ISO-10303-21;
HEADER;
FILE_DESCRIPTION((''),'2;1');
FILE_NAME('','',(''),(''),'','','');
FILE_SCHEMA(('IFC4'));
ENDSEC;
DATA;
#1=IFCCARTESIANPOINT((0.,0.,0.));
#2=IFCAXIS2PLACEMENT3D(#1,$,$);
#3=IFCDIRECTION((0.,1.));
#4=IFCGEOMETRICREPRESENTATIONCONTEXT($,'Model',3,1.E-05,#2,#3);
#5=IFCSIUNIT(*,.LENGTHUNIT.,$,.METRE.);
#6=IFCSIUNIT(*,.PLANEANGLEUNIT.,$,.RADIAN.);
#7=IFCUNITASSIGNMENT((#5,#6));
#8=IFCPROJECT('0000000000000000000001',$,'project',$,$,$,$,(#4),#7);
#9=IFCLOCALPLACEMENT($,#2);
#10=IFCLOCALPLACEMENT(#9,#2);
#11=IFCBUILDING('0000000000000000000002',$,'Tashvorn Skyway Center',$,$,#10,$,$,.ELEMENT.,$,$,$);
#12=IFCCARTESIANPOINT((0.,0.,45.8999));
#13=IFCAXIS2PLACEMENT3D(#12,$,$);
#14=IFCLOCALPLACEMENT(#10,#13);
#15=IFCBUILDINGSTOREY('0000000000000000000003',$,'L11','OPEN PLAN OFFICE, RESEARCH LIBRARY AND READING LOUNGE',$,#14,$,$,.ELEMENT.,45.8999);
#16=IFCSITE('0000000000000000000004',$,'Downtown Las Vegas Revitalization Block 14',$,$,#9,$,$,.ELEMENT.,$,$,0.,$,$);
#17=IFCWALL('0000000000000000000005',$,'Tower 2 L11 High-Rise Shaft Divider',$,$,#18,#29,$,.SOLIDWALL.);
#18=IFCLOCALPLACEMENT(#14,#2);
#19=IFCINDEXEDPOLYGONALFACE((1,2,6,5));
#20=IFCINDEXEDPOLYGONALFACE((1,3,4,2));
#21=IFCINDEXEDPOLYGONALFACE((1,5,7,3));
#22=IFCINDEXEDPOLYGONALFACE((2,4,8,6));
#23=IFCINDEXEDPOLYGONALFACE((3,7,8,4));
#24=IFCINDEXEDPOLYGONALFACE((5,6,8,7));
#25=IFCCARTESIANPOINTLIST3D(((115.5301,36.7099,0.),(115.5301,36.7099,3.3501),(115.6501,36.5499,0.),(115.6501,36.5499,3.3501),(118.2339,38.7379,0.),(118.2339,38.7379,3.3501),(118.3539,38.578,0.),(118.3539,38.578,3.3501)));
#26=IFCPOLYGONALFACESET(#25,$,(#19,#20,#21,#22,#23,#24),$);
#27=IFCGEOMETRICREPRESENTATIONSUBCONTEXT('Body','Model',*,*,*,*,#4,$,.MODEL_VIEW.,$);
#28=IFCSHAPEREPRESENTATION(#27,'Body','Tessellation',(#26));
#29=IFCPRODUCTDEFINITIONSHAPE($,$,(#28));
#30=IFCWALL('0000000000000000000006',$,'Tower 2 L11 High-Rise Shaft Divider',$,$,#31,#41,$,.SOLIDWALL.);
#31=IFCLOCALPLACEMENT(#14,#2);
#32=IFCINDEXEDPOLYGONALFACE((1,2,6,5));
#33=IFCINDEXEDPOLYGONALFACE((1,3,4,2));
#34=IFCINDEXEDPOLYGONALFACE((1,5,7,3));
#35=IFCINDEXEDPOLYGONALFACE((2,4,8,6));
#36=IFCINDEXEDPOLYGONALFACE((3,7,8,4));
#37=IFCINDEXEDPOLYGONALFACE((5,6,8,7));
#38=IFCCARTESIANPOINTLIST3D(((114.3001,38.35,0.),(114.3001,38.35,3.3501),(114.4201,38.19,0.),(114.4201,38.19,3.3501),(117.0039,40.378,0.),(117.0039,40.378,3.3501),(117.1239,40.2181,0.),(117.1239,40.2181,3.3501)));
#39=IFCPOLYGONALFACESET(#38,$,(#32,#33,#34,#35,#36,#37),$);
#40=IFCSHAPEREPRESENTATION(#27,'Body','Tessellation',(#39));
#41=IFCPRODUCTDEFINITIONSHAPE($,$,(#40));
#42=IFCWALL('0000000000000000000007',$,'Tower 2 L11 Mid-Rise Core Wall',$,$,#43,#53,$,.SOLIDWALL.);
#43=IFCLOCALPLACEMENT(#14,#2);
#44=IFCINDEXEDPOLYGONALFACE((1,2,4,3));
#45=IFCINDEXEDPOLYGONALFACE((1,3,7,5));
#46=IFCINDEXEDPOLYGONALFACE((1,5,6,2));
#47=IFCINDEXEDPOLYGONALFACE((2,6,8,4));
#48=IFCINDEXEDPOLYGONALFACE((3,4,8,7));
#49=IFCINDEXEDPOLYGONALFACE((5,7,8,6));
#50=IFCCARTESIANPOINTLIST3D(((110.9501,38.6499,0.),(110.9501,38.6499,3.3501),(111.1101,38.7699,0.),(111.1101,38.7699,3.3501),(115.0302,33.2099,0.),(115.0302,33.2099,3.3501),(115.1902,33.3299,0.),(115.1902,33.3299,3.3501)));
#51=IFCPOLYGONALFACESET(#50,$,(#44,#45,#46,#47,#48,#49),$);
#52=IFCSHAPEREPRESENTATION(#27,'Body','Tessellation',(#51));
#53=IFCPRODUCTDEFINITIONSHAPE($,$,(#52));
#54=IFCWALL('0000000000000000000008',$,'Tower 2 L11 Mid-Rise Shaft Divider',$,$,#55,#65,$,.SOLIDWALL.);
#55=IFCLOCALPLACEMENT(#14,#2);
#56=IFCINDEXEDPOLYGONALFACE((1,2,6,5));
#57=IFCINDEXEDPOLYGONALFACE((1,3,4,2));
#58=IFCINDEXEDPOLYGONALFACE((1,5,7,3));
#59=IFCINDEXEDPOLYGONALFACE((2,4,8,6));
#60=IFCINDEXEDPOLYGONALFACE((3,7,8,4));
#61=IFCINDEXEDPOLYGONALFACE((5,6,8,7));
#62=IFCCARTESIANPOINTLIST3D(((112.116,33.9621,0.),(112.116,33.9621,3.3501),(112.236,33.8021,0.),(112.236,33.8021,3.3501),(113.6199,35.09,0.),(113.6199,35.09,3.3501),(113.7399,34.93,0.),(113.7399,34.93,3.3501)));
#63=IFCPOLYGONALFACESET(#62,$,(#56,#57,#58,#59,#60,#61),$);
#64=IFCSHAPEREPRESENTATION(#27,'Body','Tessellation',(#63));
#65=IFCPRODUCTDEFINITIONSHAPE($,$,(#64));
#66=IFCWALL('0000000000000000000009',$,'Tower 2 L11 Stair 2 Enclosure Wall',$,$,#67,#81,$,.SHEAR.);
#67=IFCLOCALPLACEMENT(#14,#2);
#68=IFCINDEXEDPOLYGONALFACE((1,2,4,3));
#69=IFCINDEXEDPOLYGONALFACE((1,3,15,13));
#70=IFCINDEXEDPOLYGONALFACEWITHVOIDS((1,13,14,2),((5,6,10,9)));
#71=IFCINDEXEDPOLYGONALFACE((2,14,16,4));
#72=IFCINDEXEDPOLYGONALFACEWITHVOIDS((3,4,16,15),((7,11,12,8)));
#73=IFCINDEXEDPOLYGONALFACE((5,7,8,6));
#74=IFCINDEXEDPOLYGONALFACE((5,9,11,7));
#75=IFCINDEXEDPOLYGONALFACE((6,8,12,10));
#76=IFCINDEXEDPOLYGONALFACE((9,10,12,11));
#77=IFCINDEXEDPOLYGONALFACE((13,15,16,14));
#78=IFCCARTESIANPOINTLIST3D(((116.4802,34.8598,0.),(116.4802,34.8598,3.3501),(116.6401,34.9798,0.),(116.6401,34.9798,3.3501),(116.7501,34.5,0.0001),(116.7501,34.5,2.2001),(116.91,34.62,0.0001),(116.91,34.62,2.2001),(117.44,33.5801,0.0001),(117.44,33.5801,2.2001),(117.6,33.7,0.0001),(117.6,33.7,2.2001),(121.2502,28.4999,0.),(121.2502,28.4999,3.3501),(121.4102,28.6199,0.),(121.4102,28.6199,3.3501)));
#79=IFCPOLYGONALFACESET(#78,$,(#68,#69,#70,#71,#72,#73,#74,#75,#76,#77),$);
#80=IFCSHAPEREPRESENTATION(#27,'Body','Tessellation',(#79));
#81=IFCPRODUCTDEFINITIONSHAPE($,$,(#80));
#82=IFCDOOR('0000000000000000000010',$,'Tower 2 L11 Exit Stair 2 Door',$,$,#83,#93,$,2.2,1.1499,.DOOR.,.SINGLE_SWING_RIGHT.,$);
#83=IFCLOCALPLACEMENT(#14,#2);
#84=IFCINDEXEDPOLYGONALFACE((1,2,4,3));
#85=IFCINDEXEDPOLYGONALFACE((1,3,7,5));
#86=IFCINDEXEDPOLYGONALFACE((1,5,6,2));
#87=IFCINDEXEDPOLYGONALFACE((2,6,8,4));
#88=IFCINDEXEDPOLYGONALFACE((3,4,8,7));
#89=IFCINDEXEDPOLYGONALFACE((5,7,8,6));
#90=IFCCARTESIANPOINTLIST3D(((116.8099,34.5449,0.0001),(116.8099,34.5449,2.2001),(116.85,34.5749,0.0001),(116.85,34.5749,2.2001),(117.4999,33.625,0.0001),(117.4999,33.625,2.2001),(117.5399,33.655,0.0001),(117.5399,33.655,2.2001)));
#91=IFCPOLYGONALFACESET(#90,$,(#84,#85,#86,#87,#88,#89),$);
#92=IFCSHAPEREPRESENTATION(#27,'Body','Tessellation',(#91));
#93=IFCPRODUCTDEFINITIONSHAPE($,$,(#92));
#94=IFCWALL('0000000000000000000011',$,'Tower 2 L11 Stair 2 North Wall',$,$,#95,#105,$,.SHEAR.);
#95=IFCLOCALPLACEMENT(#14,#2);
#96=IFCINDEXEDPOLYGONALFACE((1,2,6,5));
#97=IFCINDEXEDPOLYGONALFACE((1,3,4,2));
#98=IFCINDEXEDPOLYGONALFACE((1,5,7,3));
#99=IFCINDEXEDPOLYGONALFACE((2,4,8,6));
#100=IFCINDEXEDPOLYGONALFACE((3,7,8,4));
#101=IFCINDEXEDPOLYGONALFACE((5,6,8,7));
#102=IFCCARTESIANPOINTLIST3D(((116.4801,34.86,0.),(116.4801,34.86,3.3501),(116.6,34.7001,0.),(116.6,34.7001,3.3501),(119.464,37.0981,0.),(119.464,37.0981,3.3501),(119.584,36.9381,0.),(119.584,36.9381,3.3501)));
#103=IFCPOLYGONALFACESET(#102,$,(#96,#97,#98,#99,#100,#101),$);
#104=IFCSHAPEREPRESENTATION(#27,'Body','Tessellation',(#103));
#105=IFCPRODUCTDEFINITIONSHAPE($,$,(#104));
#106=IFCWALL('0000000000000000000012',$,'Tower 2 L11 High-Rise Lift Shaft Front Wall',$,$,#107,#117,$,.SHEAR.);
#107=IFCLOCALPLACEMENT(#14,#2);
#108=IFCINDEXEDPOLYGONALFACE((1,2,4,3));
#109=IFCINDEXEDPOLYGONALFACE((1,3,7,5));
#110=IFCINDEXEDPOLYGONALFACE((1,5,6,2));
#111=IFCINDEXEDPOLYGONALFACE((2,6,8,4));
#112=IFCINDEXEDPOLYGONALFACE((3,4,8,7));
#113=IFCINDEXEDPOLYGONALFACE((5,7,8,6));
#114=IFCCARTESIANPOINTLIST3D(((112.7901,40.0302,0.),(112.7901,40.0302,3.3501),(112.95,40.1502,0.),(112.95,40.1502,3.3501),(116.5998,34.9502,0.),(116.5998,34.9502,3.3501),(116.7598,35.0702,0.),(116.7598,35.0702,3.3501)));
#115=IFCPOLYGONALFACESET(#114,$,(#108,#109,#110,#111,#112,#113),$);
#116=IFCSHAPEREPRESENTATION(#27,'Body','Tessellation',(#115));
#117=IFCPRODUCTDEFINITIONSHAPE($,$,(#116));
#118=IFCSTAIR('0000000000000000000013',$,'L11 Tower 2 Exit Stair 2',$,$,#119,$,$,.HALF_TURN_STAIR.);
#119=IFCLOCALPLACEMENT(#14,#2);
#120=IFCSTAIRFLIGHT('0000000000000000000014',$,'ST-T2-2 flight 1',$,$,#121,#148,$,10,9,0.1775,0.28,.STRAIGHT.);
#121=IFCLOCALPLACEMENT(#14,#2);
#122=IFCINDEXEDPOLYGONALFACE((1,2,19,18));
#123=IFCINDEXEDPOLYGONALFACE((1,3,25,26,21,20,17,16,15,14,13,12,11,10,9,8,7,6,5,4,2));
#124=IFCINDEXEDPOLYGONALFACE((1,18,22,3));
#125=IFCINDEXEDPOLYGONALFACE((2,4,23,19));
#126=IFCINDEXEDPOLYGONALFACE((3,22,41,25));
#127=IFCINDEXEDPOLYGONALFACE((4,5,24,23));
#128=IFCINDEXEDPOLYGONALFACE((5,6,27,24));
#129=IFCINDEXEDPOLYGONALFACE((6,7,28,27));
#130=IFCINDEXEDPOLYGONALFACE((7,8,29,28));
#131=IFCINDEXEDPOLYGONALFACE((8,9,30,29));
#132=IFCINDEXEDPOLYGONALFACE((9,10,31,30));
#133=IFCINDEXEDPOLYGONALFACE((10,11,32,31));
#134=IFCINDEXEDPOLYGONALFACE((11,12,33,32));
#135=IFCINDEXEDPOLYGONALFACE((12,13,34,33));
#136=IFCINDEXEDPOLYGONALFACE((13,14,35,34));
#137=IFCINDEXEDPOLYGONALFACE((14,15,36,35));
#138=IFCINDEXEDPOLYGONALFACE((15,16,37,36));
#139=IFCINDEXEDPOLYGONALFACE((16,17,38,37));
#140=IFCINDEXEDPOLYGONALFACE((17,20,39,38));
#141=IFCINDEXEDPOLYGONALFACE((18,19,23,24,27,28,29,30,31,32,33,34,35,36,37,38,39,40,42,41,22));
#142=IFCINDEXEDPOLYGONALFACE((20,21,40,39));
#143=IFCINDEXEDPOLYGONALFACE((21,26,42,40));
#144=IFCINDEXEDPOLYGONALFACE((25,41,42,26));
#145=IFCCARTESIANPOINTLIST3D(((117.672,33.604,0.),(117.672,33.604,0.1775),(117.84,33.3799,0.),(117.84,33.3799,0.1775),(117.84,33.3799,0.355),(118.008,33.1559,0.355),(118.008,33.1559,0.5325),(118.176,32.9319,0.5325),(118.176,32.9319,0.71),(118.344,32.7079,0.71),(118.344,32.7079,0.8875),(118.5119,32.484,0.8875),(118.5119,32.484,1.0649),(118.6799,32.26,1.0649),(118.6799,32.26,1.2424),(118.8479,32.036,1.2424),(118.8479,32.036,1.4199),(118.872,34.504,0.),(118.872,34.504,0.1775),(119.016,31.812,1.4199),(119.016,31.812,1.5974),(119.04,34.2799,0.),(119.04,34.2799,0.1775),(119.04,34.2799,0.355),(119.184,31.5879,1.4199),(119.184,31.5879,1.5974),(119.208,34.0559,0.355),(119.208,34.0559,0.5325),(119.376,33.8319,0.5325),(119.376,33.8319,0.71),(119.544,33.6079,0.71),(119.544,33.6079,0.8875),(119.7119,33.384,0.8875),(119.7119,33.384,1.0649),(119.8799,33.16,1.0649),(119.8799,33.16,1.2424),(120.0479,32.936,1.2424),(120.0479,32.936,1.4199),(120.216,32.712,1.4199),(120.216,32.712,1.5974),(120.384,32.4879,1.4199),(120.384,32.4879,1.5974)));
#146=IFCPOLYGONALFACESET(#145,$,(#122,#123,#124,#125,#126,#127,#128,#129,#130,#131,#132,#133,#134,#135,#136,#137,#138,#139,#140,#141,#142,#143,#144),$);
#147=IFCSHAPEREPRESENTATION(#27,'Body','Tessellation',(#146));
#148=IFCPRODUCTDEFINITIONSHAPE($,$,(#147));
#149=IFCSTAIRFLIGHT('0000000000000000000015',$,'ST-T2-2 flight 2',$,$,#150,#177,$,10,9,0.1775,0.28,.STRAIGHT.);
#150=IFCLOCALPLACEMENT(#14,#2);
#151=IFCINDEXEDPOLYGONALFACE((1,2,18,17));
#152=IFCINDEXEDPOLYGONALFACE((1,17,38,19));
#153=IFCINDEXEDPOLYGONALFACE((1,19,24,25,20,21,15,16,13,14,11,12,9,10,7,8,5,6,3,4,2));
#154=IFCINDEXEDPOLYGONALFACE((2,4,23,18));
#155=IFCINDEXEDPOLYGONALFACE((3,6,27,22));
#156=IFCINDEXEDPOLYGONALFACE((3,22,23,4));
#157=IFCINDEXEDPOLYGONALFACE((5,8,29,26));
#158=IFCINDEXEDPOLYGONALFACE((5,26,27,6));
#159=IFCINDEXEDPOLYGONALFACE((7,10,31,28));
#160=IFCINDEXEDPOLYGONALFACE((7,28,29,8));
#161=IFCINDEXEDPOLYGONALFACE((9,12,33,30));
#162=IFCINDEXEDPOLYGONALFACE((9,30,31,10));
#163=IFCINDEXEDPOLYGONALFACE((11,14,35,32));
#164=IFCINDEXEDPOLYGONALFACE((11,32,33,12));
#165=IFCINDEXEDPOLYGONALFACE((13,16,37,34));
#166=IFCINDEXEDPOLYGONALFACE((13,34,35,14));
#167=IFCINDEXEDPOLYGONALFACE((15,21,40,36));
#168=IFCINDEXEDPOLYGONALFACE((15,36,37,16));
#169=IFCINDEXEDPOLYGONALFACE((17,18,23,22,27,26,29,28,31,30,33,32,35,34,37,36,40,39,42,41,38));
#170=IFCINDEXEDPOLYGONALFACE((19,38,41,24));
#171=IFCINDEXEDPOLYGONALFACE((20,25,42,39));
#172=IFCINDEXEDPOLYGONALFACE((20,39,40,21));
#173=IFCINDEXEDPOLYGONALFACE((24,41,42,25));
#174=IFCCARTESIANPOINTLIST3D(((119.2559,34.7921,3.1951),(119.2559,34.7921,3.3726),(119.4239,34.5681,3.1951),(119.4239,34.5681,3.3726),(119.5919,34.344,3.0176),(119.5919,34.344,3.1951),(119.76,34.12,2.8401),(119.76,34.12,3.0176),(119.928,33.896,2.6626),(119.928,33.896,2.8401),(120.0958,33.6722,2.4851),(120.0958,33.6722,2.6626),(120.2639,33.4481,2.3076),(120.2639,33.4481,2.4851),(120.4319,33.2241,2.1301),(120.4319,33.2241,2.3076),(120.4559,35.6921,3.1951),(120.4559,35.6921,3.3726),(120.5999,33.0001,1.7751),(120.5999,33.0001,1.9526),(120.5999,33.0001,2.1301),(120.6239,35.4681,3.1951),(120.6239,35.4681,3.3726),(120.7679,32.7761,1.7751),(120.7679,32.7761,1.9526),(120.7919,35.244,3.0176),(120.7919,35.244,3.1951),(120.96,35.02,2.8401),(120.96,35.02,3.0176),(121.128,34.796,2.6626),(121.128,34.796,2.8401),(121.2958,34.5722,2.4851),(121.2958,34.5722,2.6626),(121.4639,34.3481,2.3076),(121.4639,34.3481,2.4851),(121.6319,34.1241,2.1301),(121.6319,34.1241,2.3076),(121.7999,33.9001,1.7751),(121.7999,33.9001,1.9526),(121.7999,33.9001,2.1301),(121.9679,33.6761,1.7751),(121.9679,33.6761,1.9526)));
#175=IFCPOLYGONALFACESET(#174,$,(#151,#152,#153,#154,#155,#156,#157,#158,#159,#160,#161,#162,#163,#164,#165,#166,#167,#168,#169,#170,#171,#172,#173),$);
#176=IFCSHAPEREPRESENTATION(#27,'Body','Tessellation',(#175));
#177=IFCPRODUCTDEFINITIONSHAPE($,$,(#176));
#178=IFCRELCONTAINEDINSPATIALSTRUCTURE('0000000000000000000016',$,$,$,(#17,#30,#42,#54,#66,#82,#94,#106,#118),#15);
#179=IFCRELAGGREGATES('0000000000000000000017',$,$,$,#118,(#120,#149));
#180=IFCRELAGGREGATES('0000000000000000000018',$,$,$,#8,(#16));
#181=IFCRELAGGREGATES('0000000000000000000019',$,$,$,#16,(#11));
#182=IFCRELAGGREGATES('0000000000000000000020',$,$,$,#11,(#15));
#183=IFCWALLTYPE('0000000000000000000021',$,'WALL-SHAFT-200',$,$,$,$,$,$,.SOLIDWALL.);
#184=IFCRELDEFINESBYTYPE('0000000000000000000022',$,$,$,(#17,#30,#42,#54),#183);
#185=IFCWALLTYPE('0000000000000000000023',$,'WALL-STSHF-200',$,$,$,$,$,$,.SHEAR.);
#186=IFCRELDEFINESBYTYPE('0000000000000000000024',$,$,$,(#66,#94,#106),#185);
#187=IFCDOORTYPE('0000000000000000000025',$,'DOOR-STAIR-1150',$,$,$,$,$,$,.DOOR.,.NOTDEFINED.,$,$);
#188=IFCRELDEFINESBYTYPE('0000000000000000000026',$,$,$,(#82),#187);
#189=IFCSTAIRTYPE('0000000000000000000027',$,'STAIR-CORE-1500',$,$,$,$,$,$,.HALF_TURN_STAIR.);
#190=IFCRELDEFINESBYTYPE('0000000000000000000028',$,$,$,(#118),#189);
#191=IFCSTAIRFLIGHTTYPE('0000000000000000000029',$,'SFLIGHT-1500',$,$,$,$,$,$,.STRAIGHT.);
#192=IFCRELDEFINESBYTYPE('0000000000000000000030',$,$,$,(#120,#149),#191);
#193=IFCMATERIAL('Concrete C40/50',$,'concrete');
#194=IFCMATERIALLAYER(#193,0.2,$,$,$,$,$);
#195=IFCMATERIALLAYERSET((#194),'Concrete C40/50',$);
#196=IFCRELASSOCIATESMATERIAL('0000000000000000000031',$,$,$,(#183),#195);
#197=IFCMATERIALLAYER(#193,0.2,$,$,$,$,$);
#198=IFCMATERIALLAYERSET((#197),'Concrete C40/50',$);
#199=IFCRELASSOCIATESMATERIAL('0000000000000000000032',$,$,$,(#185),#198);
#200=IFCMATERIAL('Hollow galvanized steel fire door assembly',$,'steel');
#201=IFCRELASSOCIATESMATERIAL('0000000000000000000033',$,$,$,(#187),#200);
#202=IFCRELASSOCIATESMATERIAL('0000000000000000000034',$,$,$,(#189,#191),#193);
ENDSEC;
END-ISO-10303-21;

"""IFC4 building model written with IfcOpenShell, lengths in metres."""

from ifc_helpers import new_model, si_unit, direction, frame, frame_2d, origin, place, context, subcontext, project, spatial, polyline, rectangle, outline, extrude, material, layer, layer_set, type_object, element, fill, aggregate, save


model = new_model("IFC4")

# Units and contexts
model_context = context("Model", 3, precision=1e-05, world=origin(), true_north=direction((0.0, 1.0)))
body_context = subcontext(model_context, "Body", "Model", "MODEL_VIEW")
ifc_project = project(units=[si_unit("LENGTHUNIT", "METRE"), si_unit("PLANEANGLEUNIT", "RADIAN")], contexts=[model_context])

# Site, building, storey
site_placement = place(None, origin())
site = spatial("IfcSite", under=ifc_project, at=site_placement, Name="Downtown Las Vegas Revitalization Block 14", CompositionType="ELEMENT", RefElevation=0.0)
building_placement = place(site_placement, origin())
building = spatial("IfcBuilding", under=site, at=building_placement, Name="Tashvorn Skyway Center", CompositionType="ELEMENT")
storey_placement = place(building_placement, frame((0.0, 0.0, 45.8999)))
storey = spatial("IfcBuildingStorey", under=building, at=storey_placement, Name="L11", Description="OPEN PLAN OFFICE, RESEARCH LIBRARY AND READING LOUNGE", CompositionType="ELEMENT", Elevation=45.8999)

# Walls
ifc_material_1 = material(Name="Concrete C40/50", Category="concrete")
ifc_layer_1 = layer(ifc_material_1, 0.2)
ifc_layer_set_1 = layer_set([ifc_layer_1], Name="Concrete C40/50")
wall_type_1 = type_object("IfcWallType", Name="WALL-SHAFT-200", PredefinedType="SOLIDWALL", material=ifc_layer_set_1)
for number, where, z_axis, x_axis, name in (
    (1, (115.5901, 36.6299, 0.0), (0.0, 0.0, 1.0), (0.799974, 0.600035, 0.0), "Tower 2 L11 High-Rise Shaft Divider"),
    (2, (114.3601, 38.27, 0.0), (0.0, 0.0, 1.0), (0.799974, 0.600035, 0.0), "Tower 2 L11 High-Rise Shaft Divider"),
):
    element("IfcWall", number, at=place(storey_placement, frame(where, z_axis=z_axis, x_axis=x_axis)), inside=storey, type_object=wall_type_1, Name=name, PredefinedType="SOLIDWALL", context=body_context, shape_type="SweptSolid", body=[
        extrude(rectangle(XDim=3.3799, YDim=0.2, at=frame_2d((1.6899, 0.0))), origin(), (0.0, 0.0, 1.0), 3.3501),
    ])
wall_1_placement = place(storey_placement, frame((115.1101, 33.27, 0.0), z_axis=(0.0, 0.0, 1.0), x_axis=(-0.600011, 0.799991, 0.0)))
element("IfcWall", 3, at=wall_1_placement, inside=storey, type_object=wall_type_1, Name="Tower 2 L11 Mid-Rise Core Wall", PredefinedType="SOLIDWALL", context=body_context, shape_type="SweptSolid", body=[
    extrude(rectangle(XDim=6.8, YDim=0.2, at=frame_2d((3.3999, 0.0))), origin(), (0.0, 0.0, 1.0), 3.3501),
])
wall_2_placement = place(storey_placement, frame((112.176, 33.8821, 0.0), z_axis=(0.0, 0.0, 1.0), x_axis=(0.8, 0.6, 0.0)))
element("IfcWall", 4, at=wall_2_placement, inside=storey, type_object=wall_type_1, Name="Tower 2 L11 Mid-Rise Shaft Divider", PredefinedType="SOLIDWALL", context=body_context, shape_type="SweptSolid", body=[
    extrude(rectangle(XDim=1.8799, YDim=0.2, at=frame_2d((0.9399, 0.0))), origin(), (0.0, 0.0, 1.0), 3.3501),
])

# Wall, opening, door
ifc_layer_2 = layer(ifc_material_1, 0.2)
ifc_layer_set_2 = layer_set([ifc_layer_2], Name="Concrete C40/50")
wall_type_2 = type_object("IfcWallType", Name="WALL-STSHF-200", PredefinedType="SHEAR", material=ifc_layer_set_2)
wall_3_placement = place(storey_placement, frame((116.5601, 34.9199, 0.0), z_axis=(0.0, 0.0, 1.0), x_axis=(0.60001, -0.799993, 0.0)))
wall_3 = element("IfcWall", 5, at=wall_3_placement, inside=storey, type_object=wall_type_2, Name="Tower 2 L11 Stair 2 Enclosure Wall", PredefinedType="SHEAR", context=body_context, shape_type="SweptSolid", body=[
    extrude(rectangle(XDim=7.95, YDim=0.2, at=frame_2d((3.9751, 0.0))), origin(), (0.0, 0.0, 1.0), 3.3501),
])
opening_placement = place(wall_3_placement, frame((0.45, 0.0, 0.0)))
opening = element("IfcOpeningElement", 6, at=opening_placement, cuts=wall_3, PredefinedType="OPENING", context=body_context, shape_type="SweptSolid", body=[
    extrude(rectangle(XDim=1.1499, YDim=2.2, at=frame_2d((0.575, 1.1001))), frame((0.0, 0.1099, 0.0), z_axis=(0.0, -1.0, 0.0), x_axis=(1.0, 0.0, 0.0)), (0.0, 0.0, 1.0), 0.22),
])
ifc_material_2 = material(Name="Hollow galvanized steel fire door assembly", Category="steel")
door_type = type_object("IfcDoorType", Name="DOOR-STAIR-1150", OperationType="NOTDEFINED", PredefinedType="DOOR", material=ifc_material_2)
door_placement = place(opening_placement, origin())
door = element("IfcDoor", 7, at=door_placement, inside=storey, type_object=door_type, Name="Tower 2 L11 Exit Stair 2 Door", OperationType="SINGLE_SWING_RIGHT", OverallHeight=2.2, OverallWidth=1.1499, PredefinedType="DOOR", context=body_context, shape_type="SweptSolid", body=[
    extrude(rectangle(XDim=1.1499, YDim=2.2, at=frame_2d((0.575, 1.1001))), frame((0.0, 0.0249, 0.0), z_axis=(0.0, -1.0, 0.0), x_axis=(1.0, 0.0, 0.0)), (0.0, 0.0, 1.0), 0.05),
])
fill(opening, door)

# Walls
wall_4_placement = place(storey_placement, frame((116.54, 34.78, 0.0), z_axis=(0.0, 0.0, 1.0), x_axis=(0.799984, 0.600021, 0.0)))
element("IfcWall", 8, at=wall_4_placement, inside=storey, type_object=wall_type_2, Name="Tower 2 L11 Stair 2 North Wall", PredefinedType="SHEAR", context=body_context, shape_type="SweptSolid", body=[
    extrude(rectangle(XDim=3.73, YDim=0.2, at=frame_2d((1.865, 0.0))), origin(), (0.0, 0.0, 1.0), 3.3501),
])
wall_5_placement = place(storey_placement, frame((112.8701, 40.0901, 0.0), z_axis=(0.0, 0.0, 1.0), x_axis=(0.599975, -0.800018, 0.0)))
element("IfcWall", 9, at=wall_5_placement, inside=storey, type_object=wall_type_2, Name="Tower 2 L11 High-Rise Lift Shaft Front Wall", PredefinedType="SHEAR", context=body_context, shape_type="SweptSolid", body=[
    extrude(rectangle(XDim=6.3499, YDim=0.2, at=frame_2d((3.1748, 0.0))), origin(), (0.0, 0.0, 1.0), 3.3501),
])

# Stair, stair flights
stair_type = type_object("IfcStairType", Name="STAIR-CORE-1500", PredefinedType="HALF_TURN_STAIR", material=ifc_material_1)
stair_1_placement = place(storey_placement, origin())
stair_1 = element("IfcStair", 10, at=stair_1_placement, inside=storey, type_object=stair_type, Name="L11 Tower 2 Exit Stair 2", PredefinedType="HALF_TURN_STAIR")
stair_flight_type = type_object("IfcStairFlightType", Name="SFLIGHT-1500", PredefinedType="STRAIGHT", material=ifc_material_1)
stair_flight_1_placement = place(storey_placement, frame((118.272, 34.054, 0.0), z_axis=(0.0, 0.0, 1.0), x_axis=(0.6, -0.8, 0.0)))
stair_flight_1 = element("IfcStairFlight", 11, at=stair_flight_1_placement, type_object=stair_flight_type, Name="ST-T2-2 flight 1", NumberOfRisers=10, NumberOfTreads=9, PredefinedType="STRAIGHT", RiserHeight=0.1775, TreadLength=0.28, context=body_context, shape_type="SweptSolid", body=[
    extrude(outline(polyline([(0.0, 0.0), (0.0, 0.1775), (0.28, 0.1775), (0.28, 0.355), (0.5601, 0.355), (0.5601, 0.5325), (0.8401, 0.5325), (0.8401, 0.71), (1.1201, 0.71), (1.1201, 0.8875), (1.3999, 0.8875), (1.3999, 1.0649), (1.6799, 1.0649), (1.6799, 1.2424), (1.96, 1.2424), (1.96, 1.4199), (2.24, 1.4199), (2.24, 1.5974), (2.52, 1.5974), (2.52, 1.7749), (2.52, 1.4199), (0.28, 0.0), (0.0, 0.0)])), frame((0.0, 0.75, 0.0), z_axis=(0.0, -1.0, 0.0), x_axis=(1.0, 0.0, 0.0)), (0.0, 0.0, 1.0), 1.5),
])
stair_flight_2_placement = place(storey_placement, frame((121.3679, 33.2261, 1.7751), z_axis=(0.0, 0.0, 1.0), x_axis=(-0.6, 0.8, 0.0)))
stair_flight_2 = element("IfcStairFlight", 12, at=stair_flight_2_placement, type_object=stair_flight_type, Name="ST-T2-2 flight 2", NumberOfRisers=10, NumberOfTreads=9, PredefinedType="STRAIGHT", RiserHeight=0.1775, TreadLength=0.28, context=body_context, shape_type="SweptSolid", body=[
    extrude(outline(polyline([(0.0, 0.0), (0.0, 0.1775), (0.28, 0.1775), (0.28, 0.355), (0.5601, 0.355), (0.5601, 0.5325), (0.8401, 0.5325), (0.8401, 0.71), (1.1201, 0.71), (1.1201, 0.8875), (1.3999, 0.8875), (1.3999, 1.0649), (1.6799, 1.0649), (1.6799, 1.2424), (1.96, 1.2424), (1.96, 1.4199), (2.24, 1.4199), (2.24, 1.5974), (2.52, 1.5974), (2.52, 1.7749), (2.52, 1.4199), (0.28, 0.0), (0.0, 0.0)])), frame((0.0, 0.75, 0.0), z_axis=(0.0, -1.0, 0.0), x_axis=(1.0, 0.0, 0.0)), (0.0, 0.0, 1.0), 1.5),
])
aggregate(stair_1, [stair_flight_1, stair_flight_2])

save(model, "model.ifc")
